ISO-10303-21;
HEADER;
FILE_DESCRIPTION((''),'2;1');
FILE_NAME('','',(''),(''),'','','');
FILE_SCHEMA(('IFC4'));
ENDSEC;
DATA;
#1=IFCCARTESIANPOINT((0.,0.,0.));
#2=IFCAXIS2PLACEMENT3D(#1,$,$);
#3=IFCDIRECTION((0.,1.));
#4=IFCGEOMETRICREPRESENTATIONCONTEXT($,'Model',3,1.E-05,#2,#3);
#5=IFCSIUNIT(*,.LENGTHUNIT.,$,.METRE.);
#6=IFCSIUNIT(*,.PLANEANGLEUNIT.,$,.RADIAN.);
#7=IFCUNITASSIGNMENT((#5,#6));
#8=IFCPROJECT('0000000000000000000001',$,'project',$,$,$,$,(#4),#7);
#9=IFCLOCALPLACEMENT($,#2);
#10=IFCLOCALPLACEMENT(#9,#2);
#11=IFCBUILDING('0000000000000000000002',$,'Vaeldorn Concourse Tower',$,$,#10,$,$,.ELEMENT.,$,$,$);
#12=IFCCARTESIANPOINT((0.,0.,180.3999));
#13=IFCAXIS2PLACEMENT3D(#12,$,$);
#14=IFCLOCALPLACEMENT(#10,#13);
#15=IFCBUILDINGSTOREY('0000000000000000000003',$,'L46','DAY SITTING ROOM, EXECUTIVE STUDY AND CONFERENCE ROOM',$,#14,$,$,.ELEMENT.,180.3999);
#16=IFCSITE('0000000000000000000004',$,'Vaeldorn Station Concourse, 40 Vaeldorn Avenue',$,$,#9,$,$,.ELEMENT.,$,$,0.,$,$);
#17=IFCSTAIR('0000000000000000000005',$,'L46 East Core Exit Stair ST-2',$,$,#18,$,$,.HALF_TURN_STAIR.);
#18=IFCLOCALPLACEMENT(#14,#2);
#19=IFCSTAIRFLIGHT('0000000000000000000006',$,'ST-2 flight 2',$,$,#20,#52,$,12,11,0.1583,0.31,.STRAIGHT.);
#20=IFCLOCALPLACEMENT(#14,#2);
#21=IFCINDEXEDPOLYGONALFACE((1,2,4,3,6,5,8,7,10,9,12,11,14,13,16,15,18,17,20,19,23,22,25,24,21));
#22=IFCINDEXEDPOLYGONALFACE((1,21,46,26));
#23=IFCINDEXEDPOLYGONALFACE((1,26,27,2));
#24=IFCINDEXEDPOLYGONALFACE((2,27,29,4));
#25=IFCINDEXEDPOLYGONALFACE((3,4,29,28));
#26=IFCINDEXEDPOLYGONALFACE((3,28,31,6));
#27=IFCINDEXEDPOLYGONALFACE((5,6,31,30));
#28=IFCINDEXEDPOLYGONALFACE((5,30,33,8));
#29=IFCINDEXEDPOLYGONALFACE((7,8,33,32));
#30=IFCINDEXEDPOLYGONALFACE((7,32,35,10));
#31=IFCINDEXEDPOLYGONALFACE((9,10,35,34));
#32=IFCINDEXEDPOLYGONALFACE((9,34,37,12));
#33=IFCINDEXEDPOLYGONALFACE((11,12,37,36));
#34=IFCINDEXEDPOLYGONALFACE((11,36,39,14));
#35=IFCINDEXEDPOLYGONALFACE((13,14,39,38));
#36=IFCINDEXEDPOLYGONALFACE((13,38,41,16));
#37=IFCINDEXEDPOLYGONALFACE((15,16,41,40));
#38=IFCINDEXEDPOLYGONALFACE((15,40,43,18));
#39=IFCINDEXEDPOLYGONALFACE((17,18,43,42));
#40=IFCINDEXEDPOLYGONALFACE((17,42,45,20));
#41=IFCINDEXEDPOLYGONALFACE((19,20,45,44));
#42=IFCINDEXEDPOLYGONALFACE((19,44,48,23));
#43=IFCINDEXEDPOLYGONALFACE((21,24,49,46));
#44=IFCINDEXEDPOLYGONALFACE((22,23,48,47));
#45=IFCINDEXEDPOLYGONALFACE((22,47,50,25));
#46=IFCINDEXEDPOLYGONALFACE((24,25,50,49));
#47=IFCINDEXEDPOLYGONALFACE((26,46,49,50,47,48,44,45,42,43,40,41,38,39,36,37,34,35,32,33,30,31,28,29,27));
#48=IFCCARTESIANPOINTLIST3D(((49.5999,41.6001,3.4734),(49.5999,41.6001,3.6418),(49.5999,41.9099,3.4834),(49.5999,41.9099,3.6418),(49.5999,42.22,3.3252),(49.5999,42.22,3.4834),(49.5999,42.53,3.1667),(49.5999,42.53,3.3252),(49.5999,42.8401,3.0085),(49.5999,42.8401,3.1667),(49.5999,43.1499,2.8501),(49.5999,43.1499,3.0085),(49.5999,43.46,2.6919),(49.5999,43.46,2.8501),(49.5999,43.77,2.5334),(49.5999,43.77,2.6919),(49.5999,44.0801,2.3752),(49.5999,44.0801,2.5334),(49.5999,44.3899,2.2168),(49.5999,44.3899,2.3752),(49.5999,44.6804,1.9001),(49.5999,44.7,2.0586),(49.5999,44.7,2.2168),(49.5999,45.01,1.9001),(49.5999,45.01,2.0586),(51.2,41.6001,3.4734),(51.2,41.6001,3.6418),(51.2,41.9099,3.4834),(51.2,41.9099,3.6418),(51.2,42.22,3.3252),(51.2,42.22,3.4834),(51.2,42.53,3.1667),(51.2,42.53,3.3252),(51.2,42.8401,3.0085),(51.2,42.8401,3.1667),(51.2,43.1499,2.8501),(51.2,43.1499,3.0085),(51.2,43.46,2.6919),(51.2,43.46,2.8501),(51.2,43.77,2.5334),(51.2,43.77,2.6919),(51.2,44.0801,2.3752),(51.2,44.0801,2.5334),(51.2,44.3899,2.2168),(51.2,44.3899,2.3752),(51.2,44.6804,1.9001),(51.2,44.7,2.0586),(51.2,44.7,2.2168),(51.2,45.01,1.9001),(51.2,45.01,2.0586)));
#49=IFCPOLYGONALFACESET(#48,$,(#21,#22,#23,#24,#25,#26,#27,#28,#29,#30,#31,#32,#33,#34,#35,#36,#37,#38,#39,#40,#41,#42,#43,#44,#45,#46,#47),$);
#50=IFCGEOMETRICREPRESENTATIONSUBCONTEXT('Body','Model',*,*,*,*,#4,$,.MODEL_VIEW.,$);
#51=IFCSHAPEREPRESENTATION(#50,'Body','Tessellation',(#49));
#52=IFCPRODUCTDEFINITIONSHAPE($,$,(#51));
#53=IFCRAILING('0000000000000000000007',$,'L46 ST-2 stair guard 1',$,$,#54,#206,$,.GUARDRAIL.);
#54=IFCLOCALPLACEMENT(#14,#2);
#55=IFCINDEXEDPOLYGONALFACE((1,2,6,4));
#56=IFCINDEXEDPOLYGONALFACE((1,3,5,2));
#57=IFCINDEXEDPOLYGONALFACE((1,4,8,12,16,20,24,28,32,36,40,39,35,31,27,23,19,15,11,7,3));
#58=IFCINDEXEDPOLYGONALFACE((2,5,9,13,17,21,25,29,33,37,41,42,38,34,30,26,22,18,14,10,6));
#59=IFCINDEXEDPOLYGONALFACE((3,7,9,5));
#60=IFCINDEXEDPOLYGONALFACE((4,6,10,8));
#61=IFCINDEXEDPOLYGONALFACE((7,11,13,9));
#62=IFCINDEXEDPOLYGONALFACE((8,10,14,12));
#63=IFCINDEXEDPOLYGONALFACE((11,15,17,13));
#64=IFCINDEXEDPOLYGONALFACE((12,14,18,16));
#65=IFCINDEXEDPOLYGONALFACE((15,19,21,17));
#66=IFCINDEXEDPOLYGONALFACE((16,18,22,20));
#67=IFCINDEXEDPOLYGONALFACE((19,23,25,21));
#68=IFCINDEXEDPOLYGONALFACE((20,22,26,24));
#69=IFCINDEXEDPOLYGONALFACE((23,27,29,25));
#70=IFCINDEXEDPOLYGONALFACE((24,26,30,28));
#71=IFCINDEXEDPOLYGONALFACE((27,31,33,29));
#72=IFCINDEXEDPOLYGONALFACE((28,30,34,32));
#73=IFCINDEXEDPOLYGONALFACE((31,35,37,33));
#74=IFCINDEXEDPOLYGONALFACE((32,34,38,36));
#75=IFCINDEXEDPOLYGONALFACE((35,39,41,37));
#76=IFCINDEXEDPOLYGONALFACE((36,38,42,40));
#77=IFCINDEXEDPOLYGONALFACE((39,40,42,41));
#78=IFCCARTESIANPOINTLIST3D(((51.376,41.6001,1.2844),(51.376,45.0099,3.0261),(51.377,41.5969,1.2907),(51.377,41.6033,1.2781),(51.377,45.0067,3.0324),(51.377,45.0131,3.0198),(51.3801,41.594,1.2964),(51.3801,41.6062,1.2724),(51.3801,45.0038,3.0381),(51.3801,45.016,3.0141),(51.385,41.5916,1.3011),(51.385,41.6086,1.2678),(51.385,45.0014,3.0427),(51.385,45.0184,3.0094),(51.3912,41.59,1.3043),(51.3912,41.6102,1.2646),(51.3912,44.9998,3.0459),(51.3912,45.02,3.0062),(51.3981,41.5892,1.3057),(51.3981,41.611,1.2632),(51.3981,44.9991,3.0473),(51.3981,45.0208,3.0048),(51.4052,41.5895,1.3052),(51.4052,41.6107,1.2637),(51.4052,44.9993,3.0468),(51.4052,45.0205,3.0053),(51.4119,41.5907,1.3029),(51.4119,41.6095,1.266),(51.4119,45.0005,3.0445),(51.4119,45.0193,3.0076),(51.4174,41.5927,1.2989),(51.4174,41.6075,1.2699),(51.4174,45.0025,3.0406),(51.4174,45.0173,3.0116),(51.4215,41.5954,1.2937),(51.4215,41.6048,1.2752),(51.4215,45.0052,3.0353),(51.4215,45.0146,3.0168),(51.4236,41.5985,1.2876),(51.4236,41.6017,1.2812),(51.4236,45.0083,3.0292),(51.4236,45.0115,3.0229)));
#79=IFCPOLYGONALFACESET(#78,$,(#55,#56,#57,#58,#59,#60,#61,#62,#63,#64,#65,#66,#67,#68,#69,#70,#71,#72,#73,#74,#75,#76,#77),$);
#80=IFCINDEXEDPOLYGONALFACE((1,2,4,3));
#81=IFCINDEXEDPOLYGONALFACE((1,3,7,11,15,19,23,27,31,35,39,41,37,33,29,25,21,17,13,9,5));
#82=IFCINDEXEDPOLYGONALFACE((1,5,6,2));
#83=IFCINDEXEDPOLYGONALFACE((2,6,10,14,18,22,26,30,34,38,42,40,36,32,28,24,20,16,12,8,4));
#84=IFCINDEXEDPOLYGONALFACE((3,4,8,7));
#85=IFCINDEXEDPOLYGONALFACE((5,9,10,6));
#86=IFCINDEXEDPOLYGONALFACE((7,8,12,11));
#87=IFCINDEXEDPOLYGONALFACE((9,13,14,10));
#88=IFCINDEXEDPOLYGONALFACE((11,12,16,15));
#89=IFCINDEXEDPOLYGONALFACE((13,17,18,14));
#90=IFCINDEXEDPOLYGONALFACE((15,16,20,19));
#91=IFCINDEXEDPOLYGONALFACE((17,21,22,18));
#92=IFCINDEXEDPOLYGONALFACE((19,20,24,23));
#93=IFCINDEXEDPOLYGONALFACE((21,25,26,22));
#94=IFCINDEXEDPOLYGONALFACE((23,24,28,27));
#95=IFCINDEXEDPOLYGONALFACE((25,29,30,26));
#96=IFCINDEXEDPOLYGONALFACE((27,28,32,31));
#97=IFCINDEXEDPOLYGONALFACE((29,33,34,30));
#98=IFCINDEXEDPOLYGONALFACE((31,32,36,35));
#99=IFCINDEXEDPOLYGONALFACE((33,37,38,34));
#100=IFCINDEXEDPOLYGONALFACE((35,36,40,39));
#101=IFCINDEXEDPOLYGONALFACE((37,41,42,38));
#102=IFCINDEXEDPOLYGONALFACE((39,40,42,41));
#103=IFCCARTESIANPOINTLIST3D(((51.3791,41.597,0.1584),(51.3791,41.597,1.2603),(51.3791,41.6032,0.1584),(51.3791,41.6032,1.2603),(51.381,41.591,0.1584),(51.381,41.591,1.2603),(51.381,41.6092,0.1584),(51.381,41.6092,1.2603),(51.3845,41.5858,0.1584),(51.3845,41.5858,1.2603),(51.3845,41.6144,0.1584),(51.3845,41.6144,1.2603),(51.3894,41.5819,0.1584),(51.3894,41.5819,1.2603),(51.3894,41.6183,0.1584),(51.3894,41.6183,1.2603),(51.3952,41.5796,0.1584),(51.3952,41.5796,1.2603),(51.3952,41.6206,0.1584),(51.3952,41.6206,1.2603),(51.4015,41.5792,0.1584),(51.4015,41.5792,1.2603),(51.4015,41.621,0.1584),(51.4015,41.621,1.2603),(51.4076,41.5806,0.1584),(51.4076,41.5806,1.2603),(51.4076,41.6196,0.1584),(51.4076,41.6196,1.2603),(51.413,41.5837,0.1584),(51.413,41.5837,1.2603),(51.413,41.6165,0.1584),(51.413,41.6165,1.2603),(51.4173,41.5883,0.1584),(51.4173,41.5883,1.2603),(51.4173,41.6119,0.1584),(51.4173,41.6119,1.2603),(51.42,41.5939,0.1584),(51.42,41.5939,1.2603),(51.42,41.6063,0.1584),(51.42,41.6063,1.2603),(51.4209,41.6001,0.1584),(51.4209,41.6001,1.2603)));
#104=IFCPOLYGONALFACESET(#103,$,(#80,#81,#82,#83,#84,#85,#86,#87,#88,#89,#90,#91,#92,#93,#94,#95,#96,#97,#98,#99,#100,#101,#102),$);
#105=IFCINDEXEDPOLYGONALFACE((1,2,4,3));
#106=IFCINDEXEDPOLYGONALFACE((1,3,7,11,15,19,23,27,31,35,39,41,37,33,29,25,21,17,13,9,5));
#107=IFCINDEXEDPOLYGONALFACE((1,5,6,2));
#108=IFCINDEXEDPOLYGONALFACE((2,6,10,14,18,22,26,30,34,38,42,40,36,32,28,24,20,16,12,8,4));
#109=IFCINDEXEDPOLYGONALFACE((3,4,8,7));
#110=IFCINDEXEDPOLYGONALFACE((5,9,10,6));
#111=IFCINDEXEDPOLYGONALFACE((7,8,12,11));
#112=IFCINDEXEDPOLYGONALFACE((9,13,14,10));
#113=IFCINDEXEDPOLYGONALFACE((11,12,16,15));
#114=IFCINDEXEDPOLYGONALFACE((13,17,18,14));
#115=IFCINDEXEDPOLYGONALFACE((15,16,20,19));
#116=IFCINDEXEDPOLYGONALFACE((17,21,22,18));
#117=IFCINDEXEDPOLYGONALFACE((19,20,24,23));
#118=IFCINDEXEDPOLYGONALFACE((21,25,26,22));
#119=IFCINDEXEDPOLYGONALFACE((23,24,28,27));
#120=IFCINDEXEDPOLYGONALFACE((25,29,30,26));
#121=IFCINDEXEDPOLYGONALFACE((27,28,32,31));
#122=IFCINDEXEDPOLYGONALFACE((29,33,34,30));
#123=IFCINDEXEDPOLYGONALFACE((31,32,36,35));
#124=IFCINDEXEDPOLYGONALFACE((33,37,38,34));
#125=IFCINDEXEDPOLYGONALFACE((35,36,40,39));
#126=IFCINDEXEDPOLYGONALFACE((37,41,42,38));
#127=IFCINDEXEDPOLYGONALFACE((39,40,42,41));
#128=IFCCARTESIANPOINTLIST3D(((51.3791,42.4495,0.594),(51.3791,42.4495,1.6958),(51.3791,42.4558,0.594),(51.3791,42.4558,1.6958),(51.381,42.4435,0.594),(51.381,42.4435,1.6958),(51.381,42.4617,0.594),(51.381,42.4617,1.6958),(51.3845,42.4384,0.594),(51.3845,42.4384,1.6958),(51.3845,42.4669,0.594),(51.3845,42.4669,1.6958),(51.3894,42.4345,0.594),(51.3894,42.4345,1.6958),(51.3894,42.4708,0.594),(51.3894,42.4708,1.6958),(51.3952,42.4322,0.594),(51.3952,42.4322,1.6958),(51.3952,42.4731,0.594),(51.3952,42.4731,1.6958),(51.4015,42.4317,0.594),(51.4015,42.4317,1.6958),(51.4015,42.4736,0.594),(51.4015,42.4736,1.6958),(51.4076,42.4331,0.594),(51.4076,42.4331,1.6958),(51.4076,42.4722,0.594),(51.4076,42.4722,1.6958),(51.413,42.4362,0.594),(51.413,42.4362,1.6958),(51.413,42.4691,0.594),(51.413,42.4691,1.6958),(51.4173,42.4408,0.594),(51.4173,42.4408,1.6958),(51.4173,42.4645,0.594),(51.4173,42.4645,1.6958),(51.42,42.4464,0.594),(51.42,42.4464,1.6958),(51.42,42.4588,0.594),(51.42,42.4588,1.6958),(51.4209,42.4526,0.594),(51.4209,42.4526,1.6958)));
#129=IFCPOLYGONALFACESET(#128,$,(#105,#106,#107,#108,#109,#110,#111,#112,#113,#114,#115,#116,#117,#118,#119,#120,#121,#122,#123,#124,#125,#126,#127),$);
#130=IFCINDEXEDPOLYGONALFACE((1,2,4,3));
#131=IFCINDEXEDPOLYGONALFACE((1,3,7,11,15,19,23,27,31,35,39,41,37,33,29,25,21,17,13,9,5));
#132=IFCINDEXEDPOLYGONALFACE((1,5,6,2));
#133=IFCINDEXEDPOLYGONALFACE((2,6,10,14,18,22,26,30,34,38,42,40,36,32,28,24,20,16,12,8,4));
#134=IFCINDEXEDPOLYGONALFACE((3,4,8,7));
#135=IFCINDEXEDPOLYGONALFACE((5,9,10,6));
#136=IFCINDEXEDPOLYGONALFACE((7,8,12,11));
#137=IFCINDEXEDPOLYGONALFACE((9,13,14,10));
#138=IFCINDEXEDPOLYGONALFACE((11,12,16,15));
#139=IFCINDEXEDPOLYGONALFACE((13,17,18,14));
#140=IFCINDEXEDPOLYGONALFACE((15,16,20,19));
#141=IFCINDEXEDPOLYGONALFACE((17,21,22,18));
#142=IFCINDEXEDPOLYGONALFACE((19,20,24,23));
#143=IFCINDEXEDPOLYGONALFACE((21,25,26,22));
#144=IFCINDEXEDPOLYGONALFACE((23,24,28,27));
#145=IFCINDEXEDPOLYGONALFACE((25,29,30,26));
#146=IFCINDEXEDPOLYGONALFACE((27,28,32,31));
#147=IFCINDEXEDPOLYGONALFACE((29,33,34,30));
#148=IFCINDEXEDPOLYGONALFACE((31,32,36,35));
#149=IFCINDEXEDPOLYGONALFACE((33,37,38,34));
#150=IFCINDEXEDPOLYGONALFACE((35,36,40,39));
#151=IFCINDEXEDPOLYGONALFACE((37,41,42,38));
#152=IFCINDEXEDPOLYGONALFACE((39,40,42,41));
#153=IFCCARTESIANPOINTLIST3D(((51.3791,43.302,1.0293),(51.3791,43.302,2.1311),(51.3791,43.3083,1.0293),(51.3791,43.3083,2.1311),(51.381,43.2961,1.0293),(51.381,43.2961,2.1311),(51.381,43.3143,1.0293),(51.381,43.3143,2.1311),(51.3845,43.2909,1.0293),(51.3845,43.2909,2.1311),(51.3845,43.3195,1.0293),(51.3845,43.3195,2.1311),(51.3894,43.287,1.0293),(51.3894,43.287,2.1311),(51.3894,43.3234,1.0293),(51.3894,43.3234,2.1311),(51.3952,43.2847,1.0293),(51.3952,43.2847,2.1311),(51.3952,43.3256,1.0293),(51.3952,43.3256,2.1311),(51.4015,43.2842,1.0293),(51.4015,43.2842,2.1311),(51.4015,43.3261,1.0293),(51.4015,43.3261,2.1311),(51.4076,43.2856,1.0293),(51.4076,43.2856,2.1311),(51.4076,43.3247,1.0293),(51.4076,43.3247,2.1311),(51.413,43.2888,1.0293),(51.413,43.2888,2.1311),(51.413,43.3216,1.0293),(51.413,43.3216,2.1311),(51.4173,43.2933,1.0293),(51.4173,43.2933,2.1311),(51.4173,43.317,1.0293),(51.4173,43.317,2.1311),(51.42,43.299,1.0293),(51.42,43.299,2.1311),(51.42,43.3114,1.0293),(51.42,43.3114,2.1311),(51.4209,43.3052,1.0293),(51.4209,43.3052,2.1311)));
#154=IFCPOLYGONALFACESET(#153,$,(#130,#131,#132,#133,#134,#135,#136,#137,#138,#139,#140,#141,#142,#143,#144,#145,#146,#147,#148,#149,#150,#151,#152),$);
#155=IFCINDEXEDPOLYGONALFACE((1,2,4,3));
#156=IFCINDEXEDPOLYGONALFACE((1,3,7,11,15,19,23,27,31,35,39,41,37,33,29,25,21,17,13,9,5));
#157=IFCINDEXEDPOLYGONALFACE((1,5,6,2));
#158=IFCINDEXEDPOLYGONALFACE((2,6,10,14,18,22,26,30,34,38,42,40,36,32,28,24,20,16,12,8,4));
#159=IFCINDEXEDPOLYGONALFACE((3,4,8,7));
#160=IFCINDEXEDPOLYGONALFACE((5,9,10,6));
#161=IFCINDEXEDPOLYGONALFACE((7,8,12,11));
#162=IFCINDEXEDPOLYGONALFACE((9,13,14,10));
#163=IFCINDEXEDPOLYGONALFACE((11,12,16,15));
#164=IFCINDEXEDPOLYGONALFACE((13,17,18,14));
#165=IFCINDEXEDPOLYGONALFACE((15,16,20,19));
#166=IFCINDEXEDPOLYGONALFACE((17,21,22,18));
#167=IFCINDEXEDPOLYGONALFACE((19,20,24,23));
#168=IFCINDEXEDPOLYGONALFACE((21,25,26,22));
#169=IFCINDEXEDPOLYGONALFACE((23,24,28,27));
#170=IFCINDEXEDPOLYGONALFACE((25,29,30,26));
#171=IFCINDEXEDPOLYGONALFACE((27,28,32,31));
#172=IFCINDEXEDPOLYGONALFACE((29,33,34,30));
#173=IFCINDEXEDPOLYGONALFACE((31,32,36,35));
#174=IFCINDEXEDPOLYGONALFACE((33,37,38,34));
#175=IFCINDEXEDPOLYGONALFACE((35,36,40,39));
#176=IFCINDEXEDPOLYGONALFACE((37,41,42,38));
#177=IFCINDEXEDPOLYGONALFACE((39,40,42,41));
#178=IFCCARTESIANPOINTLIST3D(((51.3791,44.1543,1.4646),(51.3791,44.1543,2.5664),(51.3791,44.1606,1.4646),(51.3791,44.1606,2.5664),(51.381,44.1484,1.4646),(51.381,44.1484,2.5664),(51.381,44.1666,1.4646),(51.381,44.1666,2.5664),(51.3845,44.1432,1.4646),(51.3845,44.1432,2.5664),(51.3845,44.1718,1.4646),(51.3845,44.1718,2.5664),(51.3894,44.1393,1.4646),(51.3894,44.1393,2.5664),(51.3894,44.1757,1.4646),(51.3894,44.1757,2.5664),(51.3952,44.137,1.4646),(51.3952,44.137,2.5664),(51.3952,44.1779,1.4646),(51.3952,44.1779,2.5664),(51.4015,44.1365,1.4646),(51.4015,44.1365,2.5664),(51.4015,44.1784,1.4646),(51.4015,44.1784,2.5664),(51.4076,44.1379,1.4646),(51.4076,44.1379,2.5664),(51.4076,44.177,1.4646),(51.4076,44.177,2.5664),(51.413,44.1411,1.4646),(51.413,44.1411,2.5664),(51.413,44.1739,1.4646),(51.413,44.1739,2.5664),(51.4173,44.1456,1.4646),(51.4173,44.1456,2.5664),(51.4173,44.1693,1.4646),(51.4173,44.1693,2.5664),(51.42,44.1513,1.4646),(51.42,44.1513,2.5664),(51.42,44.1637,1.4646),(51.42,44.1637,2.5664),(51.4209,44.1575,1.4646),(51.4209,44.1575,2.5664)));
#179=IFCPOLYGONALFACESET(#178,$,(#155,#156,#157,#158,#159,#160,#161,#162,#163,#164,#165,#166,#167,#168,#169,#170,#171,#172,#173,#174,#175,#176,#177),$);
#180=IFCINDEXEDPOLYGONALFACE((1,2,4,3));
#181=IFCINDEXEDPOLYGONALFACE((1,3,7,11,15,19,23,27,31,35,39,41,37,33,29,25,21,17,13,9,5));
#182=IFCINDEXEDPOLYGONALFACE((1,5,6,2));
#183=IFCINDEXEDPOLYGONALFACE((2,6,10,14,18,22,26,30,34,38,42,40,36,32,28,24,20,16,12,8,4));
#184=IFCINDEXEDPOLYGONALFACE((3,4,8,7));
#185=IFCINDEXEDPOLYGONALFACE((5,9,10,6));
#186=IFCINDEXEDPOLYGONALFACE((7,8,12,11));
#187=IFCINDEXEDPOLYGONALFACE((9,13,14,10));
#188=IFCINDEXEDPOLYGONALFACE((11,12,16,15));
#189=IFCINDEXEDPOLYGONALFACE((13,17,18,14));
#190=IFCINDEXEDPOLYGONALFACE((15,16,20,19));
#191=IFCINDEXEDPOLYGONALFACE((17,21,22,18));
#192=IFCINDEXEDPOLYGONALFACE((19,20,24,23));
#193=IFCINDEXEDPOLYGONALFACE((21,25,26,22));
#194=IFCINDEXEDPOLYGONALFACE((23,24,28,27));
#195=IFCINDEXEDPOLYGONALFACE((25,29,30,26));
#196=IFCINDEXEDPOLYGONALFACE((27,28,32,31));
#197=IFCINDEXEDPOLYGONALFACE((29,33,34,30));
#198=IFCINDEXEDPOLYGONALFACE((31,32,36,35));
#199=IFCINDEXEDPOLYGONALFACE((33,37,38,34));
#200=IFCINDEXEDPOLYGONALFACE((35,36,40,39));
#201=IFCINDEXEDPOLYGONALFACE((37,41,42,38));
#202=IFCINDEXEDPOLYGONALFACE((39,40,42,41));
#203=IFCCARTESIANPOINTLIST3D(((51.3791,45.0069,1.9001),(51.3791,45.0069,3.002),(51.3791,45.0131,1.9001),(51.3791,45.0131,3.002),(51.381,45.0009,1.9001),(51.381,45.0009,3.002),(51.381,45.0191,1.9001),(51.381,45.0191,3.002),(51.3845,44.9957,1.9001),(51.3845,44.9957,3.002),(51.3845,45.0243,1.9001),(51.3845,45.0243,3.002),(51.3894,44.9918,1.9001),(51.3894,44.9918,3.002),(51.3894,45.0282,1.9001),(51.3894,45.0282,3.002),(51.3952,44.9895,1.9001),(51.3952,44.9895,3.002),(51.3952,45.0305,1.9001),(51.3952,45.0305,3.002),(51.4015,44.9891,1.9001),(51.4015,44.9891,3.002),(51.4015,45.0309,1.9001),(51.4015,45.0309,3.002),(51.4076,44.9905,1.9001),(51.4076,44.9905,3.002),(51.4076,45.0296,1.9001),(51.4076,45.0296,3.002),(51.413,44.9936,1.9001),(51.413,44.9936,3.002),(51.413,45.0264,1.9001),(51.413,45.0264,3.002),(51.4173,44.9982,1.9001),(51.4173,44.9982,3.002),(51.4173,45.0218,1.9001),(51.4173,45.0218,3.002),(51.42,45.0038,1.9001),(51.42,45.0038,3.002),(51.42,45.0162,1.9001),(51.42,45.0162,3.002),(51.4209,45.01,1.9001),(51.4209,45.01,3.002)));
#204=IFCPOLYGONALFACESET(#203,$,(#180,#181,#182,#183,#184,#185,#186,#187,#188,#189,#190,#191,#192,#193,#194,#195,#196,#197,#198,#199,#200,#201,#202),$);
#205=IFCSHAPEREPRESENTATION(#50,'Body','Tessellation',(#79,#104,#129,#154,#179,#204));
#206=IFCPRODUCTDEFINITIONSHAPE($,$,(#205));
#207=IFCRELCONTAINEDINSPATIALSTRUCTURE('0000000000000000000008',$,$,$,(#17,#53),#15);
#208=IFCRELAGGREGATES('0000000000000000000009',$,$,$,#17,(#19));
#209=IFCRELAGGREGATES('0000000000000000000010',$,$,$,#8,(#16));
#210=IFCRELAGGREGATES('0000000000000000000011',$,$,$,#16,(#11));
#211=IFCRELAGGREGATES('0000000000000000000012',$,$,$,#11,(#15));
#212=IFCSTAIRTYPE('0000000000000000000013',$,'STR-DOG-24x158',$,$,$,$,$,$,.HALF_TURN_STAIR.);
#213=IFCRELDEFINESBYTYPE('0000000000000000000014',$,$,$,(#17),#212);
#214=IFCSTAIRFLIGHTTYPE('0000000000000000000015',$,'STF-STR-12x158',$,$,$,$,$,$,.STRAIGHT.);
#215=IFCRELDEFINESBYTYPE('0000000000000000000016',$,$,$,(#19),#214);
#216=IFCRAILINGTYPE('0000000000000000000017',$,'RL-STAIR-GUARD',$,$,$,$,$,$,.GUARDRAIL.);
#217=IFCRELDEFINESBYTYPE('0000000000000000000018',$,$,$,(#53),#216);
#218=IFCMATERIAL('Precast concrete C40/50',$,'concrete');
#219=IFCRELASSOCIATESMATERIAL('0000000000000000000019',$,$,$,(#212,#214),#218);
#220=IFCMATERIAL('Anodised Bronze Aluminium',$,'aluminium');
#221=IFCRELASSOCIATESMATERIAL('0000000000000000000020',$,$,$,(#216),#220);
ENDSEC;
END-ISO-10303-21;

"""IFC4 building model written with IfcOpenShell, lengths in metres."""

from ifc_helpers import new_model, si_unit, direction, frame, origin, origin_2d, place, context, subcontext, project, spatial, polyline, circle, outline, extrude, material, type_object, element, aggregate, save


model = new_model("IFC4")

# Units and contexts
model_context = context("Model", 3, precision=1e-05, world=origin(), true_north=direction((0.0, 1.0)))
body_context = subcontext(model_context, "Body", "Model", "MODEL_VIEW")
ifc_project = project(units=[si_unit("LENGTHUNIT", "METRE"), si_unit("PLANEANGLEUNIT", "RADIAN")], contexts=[model_context])

# Site, building, storey
site_placement = place(None, origin())
site = spatial("IfcSite", under=ifc_project, at=site_placement, Name="Vaeldorn Station Concourse, 40 Vaeldorn Avenue", CompositionType="ELEMENT", RefElevation=0.0)
building_placement = place(site_placement, origin())
building = spatial("IfcBuilding", under=site, at=building_placement, Name="Vaeldorn Concourse Tower", CompositionType="ELEMENT")
storey_placement = place(building_placement, frame((0.0, 0.0, 180.3999)))
storey = spatial("IfcBuildingStorey", under=building, at=storey_placement, Name="L46", Description="DAY SITTING ROOM, EXECUTIVE STUDY AND CONFERENCE ROOM", CompositionType="ELEMENT", Elevation=180.3999)

# Shared definitions
ifc_material_1 = material(Name="Anodised Bronze Aluminium", Category="aluminium")

# Stair, stair flight
ifc_material_2 = material(Name="Precast concrete C40/50", Category="concrete")
stair_type = type_object("IfcStairType", Name="STR-DOG-24x158", PredefinedType="HALF_TURN_STAIR", material=ifc_material_2)
stair_placement = place(storey_placement, origin())
stair = element("IfcStair", 1, at=stair_placement, inside=storey, type_object=stair_type, Name="L46 East Core Exit Stair ST-2", PredefinedType="HALF_TURN_STAIR")
stair_flight_type = type_object("IfcStairFlightType", Name="STF-STR-12x158", PredefinedType="STRAIGHT", material=ifc_material_2)
stair_flight_1_placement = place(storey_placement, frame((50.3999, 45.01, 1.9001), z_axis=(0.0, 0.0, 1.0), x_axis=(0.0, -1.0, 0.0)))
stair_flight_1 = element("IfcStairFlight", 2, at=stair_flight_1_placement, type_object=stair_flight_type, Name="ST-2 flight 2", NumberOfRisers=12, NumberOfTreads=11, PredefinedType="STRAIGHT", RiserHeight=0.1583, TreadLength=0.31, context=body_context, shape_type="SweptSolid", body=[
    extrude(outline(polyline([(0.0, 0.0), (0.0, 0.1584), (0.3101, 0.1584), (0.3101, 0.3167), (0.6201, 0.3167), (0.6201, 0.4751), (0.9299, 0.4751), (0.9299, 0.6333), (1.24, 0.6333), (1.24, 0.7917), (1.55, 0.7917), (1.55, 0.95), (1.8601, 0.95), (1.8601, 1.1084), (2.1699, 1.1084), (2.1699, 1.2666), (2.48, 1.2666), (2.48, 1.425), (2.79, 1.425), (2.79, 1.5833), (3.1001, 1.5833), (3.1001, 1.7417), (3.4099, 1.7417), (3.4099, 1.8999), (3.4099, 1.5732), (0.3296, 0.0), (0.0, 0.0)])), frame((0.0, 0.8, 0.0), z_axis=(0.0, -1.0, 0.0), x_axis=(1.0, 0.0, 0.0)), (0.0, 0.0, 1.0), 1.6001),
])
aggregate(stair, [stair_flight_1])

# Railing
railing_type_1 = type_object("IfcRailingType", Name="RL-STAIR-GUARD", PredefinedType="GUARDRAIL", material=ifc_material_1)
railing_1_placement = place(storey_placement, frame((51.3999, 41.6001, 0.1584)))
element("IfcRailing", 3, at=railing_1_placement, inside=storey, type_object=railing_type_1, Name="L46 ST-2 stair guard 1", PredefinedType="GUARDRAIL", context=body_context, shape_type="SweptSolid", body=[
    extrude(circle(Radius=0.0239, at=origin_2d()), frame((0.0, 0.0, 1.126), z_axis=(0.0, 0.890556, 0.454874), x_axis=(-1.0, 0.0, 0.0)), (0.0, 0.0, 1.0), 3.8289),
    extrude(circle(Radius=0.021, at=origin_2d()), origin(), (0.0, 0.0, 1.0), 1.1018),
    extrude(circle(Radius=0.021, at=origin_2d()), frame((0.0, 0.8525, 0.4355)), (0.0, 0.0, 1.0), 1.1018),
    extrude(circle(Radius=0.021, at=origin_2d()), frame((0.0, 1.7051, 0.8708)), (0.0, 0.0, 1.0), 1.1018),
    extrude(circle(Radius=0.021, at=origin_2d()), frame((0.0, 2.5574, 1.3062)), (0.0, 0.0, 1.0), 1.1018),
    extrude(circle(Radius=0.021, at=origin_2d()), frame((0.0, 3.4099, 1.7417)), (0.0, 0.0, 1.0), 1.1018),
])

save(model, "model.ifc")
